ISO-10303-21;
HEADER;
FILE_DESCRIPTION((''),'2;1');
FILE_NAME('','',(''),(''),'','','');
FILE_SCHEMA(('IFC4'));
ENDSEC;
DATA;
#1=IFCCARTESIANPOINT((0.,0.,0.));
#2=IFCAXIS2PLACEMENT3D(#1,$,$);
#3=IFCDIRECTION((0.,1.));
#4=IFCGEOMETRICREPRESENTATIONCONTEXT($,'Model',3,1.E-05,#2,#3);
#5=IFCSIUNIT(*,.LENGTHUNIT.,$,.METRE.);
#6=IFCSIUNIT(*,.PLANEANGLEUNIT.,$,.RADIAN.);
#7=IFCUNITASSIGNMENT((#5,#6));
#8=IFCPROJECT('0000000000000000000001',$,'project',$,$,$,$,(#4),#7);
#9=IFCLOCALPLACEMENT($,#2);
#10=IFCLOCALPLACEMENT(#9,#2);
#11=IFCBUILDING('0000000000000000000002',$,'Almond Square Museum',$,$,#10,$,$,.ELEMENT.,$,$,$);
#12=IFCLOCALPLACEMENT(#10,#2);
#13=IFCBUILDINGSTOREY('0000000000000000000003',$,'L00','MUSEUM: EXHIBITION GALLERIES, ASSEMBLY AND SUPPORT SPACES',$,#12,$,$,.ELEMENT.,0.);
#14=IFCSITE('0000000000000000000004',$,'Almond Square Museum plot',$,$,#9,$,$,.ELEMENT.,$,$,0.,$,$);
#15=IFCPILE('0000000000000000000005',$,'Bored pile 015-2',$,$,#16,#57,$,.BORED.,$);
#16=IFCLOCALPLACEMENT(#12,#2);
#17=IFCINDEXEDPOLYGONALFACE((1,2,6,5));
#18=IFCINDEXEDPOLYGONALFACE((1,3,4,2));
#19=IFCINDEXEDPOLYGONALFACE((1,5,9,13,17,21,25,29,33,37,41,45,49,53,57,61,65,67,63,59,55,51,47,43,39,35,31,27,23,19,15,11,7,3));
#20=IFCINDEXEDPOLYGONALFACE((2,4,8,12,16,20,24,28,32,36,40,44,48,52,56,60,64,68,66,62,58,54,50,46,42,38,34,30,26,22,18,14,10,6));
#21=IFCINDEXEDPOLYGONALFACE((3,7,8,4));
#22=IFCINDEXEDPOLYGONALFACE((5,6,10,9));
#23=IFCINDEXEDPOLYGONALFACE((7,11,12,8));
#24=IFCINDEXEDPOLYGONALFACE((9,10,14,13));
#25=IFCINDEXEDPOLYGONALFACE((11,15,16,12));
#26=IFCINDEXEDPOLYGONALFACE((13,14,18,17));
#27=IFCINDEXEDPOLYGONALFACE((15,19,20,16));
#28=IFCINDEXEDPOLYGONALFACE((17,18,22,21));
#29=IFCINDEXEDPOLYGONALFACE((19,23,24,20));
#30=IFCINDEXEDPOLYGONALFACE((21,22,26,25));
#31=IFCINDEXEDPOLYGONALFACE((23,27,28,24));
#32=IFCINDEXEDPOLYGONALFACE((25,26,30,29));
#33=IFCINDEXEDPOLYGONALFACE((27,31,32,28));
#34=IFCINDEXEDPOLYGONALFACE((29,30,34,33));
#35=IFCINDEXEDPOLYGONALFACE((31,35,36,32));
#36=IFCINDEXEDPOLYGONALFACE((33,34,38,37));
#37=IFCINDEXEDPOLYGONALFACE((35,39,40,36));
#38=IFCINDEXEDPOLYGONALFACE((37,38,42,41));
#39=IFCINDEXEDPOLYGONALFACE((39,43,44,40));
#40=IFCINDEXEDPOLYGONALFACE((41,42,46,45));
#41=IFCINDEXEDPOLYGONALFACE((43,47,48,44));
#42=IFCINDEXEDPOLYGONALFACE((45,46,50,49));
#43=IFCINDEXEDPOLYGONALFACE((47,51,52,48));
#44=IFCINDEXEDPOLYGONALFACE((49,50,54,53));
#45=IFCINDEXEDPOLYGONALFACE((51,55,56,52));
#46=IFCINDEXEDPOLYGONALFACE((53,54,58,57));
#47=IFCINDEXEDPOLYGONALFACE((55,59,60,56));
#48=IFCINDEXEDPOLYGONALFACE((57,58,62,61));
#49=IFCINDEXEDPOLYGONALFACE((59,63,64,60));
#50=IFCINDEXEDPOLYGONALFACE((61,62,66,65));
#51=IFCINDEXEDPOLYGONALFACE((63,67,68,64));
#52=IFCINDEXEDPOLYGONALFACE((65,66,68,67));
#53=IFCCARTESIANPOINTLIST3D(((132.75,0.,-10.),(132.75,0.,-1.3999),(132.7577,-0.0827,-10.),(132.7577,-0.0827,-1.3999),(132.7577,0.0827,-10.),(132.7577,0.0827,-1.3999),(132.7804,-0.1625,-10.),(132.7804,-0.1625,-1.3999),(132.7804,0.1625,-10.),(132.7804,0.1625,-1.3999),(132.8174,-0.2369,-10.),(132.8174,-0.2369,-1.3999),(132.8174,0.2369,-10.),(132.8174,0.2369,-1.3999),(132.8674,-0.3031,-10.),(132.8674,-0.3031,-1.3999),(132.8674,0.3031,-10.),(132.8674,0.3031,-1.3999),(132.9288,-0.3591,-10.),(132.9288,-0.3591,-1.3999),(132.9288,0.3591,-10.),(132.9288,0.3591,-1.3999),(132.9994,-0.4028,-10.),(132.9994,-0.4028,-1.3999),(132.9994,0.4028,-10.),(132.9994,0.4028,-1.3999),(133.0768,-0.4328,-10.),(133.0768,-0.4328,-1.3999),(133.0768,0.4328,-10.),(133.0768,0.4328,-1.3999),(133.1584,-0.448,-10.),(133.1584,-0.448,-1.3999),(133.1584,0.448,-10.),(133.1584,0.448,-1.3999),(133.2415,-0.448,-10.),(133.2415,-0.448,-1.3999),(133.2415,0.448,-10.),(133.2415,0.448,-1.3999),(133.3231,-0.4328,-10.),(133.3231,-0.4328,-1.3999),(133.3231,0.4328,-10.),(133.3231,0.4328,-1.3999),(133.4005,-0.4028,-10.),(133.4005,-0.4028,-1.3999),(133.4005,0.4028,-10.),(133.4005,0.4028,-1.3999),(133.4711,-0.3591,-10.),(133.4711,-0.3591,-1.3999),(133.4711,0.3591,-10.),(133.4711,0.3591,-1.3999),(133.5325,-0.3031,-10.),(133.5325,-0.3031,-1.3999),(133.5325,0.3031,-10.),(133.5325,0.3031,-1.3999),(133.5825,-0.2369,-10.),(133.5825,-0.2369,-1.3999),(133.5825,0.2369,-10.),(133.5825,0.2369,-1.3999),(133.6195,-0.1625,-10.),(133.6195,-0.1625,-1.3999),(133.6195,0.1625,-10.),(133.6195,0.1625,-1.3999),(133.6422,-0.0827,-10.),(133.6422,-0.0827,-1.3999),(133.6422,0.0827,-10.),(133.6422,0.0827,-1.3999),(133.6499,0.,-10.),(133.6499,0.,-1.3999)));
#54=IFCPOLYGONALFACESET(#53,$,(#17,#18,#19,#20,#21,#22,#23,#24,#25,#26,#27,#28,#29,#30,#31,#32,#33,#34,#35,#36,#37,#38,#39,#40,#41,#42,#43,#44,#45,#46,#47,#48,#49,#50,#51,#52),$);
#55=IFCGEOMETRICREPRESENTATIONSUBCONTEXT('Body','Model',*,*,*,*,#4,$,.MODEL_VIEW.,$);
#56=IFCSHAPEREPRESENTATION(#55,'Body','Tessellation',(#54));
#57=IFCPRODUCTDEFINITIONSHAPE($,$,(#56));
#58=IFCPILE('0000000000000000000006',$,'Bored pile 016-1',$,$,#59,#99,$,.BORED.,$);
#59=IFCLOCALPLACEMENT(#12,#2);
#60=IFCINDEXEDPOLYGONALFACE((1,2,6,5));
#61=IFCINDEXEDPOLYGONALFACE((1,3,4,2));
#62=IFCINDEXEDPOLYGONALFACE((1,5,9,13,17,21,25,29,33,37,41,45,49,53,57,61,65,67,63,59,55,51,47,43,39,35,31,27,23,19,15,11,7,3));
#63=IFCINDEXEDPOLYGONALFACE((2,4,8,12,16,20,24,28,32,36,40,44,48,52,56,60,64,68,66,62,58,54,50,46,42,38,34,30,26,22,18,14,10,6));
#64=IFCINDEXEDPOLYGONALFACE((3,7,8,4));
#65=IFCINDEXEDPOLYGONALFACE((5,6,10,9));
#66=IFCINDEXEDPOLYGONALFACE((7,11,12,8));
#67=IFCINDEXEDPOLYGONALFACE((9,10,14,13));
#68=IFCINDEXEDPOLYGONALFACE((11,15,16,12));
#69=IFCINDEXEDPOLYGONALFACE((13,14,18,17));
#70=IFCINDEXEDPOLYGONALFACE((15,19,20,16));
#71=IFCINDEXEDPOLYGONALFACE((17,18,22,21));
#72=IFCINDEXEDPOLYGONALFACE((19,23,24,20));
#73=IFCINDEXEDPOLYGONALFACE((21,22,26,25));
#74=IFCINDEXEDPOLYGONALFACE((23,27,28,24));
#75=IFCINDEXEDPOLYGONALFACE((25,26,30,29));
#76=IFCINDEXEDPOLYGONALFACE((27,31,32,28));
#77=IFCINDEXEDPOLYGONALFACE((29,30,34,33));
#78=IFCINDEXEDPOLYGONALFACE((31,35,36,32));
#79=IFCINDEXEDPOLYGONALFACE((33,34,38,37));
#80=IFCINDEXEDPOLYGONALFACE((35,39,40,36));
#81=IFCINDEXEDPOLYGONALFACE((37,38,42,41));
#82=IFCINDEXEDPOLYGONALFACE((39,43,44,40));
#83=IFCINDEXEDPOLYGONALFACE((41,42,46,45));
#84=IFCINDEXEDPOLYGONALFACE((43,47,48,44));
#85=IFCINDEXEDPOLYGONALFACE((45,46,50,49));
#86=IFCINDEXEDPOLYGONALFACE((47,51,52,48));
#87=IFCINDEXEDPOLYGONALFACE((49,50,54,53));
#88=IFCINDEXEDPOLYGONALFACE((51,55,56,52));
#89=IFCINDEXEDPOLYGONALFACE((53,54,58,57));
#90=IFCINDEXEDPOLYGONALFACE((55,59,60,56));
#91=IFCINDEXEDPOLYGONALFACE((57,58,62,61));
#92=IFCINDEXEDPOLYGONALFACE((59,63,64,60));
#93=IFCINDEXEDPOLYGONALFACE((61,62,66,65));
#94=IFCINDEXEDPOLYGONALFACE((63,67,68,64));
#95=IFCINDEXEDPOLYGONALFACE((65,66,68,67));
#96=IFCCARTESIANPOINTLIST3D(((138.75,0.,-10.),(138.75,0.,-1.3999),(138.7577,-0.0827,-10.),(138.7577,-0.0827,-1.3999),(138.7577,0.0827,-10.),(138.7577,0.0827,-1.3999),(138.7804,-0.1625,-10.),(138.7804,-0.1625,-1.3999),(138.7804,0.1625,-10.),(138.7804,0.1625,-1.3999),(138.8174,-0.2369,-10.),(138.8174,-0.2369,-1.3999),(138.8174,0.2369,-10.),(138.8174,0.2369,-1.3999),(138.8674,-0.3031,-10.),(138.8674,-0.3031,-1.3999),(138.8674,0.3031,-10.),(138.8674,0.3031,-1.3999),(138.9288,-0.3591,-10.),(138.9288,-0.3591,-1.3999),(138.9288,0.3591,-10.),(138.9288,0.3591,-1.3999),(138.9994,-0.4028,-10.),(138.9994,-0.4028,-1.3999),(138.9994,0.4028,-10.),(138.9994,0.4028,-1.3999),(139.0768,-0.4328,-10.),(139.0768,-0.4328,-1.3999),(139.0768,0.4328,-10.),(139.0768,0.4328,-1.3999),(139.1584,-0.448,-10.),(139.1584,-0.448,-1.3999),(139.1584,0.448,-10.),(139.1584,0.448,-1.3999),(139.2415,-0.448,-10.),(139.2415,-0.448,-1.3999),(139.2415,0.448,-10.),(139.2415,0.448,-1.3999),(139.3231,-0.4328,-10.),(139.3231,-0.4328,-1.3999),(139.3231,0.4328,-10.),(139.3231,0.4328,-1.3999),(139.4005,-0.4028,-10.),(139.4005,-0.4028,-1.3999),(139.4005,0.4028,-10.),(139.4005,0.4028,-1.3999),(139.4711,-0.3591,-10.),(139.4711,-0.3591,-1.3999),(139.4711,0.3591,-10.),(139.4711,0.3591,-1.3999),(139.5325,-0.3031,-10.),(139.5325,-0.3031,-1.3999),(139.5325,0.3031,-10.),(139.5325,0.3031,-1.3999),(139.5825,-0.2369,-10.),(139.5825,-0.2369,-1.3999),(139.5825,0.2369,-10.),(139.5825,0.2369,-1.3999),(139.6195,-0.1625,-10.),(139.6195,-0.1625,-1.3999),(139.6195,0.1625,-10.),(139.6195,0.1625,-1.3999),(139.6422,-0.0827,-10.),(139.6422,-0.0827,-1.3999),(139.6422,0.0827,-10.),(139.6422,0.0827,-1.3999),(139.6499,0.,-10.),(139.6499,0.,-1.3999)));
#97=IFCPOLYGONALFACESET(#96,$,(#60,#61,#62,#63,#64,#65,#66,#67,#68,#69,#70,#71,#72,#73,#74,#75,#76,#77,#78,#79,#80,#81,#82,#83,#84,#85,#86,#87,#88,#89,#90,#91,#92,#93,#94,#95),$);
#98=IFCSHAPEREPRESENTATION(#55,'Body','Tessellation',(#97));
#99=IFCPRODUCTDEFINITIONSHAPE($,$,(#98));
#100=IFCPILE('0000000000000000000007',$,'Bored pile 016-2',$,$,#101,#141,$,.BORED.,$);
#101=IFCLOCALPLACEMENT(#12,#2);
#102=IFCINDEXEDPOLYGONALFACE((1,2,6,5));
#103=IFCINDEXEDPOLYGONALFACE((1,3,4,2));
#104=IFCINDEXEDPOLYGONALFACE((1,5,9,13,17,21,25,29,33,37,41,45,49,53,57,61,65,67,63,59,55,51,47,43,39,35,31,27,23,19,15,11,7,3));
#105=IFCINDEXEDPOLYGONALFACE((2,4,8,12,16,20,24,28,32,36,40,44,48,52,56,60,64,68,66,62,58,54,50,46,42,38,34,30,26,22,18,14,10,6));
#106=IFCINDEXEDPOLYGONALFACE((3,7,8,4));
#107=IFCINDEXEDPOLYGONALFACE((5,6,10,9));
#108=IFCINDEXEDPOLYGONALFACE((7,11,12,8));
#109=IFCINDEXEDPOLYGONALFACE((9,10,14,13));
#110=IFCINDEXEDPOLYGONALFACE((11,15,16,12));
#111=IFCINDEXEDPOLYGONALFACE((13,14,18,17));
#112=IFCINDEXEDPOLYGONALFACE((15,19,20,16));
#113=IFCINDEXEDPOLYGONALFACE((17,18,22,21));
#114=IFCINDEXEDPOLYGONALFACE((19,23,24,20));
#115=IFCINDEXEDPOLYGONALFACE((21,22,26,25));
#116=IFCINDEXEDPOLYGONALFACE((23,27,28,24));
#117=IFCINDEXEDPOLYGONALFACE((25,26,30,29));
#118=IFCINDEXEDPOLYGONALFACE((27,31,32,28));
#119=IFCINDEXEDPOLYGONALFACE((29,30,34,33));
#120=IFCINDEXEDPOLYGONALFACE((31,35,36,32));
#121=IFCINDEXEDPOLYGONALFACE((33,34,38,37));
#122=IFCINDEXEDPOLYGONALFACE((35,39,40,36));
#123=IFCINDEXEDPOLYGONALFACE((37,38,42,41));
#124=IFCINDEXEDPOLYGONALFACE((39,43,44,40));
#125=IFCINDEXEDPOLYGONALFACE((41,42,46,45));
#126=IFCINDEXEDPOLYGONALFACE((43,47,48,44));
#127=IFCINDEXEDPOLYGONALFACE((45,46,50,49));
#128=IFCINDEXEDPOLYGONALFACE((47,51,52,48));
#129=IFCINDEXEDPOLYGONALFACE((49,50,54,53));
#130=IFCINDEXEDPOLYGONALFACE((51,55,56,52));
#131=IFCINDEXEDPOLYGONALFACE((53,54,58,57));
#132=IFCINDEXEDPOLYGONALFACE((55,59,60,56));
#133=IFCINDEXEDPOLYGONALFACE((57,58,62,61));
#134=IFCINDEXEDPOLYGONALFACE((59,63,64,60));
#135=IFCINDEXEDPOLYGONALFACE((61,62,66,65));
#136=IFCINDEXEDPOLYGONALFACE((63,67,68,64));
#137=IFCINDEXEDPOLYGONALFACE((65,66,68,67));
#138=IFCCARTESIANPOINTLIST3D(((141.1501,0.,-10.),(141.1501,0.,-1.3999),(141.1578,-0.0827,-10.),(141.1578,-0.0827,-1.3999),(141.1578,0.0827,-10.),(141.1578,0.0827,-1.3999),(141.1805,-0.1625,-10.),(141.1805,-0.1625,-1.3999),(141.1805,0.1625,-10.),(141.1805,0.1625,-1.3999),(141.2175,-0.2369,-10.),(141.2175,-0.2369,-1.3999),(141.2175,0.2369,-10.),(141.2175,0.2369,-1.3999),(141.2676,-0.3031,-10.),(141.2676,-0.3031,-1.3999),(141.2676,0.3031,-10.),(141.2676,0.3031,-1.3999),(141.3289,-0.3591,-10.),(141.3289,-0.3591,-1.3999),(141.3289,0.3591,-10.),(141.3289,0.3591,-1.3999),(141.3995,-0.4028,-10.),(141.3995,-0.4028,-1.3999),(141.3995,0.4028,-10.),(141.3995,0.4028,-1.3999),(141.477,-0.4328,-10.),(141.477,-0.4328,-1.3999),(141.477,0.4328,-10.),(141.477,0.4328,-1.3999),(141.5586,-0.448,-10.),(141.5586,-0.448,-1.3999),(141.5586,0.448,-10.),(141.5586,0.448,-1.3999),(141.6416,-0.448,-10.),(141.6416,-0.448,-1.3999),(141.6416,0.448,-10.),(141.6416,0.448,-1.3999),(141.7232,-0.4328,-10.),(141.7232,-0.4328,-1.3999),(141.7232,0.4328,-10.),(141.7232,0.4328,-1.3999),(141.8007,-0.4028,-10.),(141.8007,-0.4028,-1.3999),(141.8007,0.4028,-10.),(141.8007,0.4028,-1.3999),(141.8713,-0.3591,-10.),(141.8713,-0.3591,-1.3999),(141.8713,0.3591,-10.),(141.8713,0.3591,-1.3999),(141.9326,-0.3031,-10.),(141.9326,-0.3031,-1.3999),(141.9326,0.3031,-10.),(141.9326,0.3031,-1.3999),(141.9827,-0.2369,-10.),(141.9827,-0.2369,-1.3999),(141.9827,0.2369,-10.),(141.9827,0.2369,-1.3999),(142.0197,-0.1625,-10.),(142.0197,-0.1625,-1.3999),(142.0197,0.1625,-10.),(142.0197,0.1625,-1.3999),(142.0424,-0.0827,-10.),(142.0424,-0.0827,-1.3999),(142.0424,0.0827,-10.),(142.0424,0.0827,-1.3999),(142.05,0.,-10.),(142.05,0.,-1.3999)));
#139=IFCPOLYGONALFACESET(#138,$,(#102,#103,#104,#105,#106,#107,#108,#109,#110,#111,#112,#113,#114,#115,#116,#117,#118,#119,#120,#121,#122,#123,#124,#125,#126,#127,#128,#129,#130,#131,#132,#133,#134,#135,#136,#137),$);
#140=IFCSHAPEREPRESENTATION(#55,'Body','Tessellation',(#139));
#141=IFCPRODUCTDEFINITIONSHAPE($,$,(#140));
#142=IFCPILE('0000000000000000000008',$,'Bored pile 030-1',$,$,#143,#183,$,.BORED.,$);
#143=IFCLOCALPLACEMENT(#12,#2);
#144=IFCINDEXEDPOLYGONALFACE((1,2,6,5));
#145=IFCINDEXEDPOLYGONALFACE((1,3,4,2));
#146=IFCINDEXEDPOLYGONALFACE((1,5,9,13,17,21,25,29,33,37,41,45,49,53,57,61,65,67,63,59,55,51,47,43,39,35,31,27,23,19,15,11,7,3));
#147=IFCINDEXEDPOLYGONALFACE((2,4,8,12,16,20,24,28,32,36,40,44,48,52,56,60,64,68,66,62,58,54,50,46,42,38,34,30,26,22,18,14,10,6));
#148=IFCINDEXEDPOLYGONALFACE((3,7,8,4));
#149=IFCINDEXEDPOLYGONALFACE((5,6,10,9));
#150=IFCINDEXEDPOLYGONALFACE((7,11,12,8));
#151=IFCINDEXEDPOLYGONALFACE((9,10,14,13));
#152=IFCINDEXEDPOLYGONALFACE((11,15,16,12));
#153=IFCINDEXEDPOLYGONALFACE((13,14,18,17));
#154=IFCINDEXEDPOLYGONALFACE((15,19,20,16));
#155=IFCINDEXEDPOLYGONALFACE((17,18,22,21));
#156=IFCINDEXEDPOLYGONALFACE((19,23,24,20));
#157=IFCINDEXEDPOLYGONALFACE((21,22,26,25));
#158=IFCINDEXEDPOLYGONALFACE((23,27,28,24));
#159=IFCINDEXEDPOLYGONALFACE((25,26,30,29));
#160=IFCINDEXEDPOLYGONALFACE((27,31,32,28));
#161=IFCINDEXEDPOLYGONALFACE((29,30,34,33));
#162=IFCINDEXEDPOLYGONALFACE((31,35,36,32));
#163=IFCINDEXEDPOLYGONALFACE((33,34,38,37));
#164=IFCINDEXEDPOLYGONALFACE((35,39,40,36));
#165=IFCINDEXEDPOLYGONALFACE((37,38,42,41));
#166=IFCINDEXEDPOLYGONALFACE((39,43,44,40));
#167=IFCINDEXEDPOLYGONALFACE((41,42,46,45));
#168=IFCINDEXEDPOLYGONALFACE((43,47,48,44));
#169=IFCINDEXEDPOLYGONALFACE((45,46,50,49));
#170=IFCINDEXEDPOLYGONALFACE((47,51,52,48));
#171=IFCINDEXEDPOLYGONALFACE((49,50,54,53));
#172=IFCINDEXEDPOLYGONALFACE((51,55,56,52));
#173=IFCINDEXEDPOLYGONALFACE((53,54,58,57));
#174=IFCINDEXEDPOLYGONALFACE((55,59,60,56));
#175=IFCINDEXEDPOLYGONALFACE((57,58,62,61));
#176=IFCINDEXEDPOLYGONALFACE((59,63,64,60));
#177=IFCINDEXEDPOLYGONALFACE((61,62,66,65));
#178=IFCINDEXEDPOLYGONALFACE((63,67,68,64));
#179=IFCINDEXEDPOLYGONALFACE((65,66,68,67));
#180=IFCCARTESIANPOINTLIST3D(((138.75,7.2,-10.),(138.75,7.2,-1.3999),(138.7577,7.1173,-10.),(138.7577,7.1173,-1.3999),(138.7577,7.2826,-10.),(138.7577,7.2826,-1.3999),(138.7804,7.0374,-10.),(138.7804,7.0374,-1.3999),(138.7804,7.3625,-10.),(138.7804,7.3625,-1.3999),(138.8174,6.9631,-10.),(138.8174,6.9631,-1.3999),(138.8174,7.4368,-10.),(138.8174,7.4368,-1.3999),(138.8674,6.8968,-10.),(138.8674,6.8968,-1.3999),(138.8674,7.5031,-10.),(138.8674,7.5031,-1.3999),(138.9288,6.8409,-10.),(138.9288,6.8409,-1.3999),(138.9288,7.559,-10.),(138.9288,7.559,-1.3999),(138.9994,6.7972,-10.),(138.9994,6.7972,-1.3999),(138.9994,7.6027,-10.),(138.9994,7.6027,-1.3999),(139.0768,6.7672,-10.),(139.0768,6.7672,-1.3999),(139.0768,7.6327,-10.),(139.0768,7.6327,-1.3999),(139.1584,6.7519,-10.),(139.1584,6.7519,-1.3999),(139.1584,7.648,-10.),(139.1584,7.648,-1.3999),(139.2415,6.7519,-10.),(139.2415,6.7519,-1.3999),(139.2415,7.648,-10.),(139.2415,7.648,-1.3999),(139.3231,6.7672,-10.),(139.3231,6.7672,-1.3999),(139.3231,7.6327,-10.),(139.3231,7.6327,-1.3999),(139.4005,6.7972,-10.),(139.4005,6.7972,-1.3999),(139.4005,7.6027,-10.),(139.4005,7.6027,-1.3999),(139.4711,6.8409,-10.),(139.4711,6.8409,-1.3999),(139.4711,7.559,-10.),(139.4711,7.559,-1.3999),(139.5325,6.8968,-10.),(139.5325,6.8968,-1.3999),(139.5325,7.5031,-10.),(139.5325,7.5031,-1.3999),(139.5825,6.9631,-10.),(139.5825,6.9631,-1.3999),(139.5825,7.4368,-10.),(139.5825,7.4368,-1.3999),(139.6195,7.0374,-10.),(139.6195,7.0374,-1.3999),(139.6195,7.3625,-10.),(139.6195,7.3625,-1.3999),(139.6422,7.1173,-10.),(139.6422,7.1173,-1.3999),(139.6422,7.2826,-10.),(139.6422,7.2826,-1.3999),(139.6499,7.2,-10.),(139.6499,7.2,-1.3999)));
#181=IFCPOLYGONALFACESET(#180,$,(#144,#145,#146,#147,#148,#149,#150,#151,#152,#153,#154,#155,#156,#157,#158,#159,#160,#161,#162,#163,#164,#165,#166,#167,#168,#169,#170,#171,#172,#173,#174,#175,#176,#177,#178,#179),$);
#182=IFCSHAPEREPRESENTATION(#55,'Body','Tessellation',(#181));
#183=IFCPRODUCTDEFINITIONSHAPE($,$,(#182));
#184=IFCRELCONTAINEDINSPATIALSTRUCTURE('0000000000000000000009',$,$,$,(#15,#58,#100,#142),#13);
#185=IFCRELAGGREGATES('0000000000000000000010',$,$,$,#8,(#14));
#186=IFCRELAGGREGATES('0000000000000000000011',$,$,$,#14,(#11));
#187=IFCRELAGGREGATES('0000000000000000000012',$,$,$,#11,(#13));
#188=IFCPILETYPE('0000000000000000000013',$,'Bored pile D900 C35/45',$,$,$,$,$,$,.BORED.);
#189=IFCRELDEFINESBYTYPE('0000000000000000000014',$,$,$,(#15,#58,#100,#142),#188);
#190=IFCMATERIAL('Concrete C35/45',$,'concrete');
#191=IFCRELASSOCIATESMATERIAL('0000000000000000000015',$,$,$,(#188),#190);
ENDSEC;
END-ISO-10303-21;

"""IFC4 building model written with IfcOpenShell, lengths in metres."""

from ifc_helpers import new_model, si_unit, direction, frame, origin, origin_2d, place, context, subcontext, project, spatial, circle, extrude, material, material_profile, profile_set, type_object, element, save


model = new_model("IFC4")

# Units and contexts
model_context = context("Model", 3, precision=1e-05, world=origin(), true_north=direction((0.0, 1.0)))
body_context = subcontext(model_context, "Body", "Model", "MODEL_VIEW")
ifc_project = project(units=[si_unit("LENGTHUNIT", "METRE"), si_unit("PLANEANGLEUNIT", "RADIAN")], contexts=[model_context])

# Site, building, storey
site_placement = place(None, origin())
site = spatial("IfcSite", under=ifc_project, at=site_placement, Name="Almond Square Museum plot", CompositionType="ELEMENT", RefElevation=0.0)
building_placement = place(site_placement, origin())
building = spatial("IfcBuilding", under=site, at=building_placement, Name="Almond Square Museum", CompositionType="ELEMENT")
storey_placement = place(building_placement, origin())
storey = spatial("IfcBuildingStorey", under=building, at=storey_placement, Name="L00", Description="MUSEUM: EXHIBITION GALLERIES, ASSEMBLY AND SUPPORT SPACES", CompositionType="ELEMENT", Elevation=0.0)

# Piles
ifc_material_1 = material(Name="Concrete C35/45", Category="concrete")
ifc_material_profile_1 = material_profile(ifc_material_1, circle(Radius=0.45, at=origin_2d()))
ifc_profile_set_1 = profile_set([ifc_material_profile_1], Name="Concrete C35/45")
pile_type = type_object("IfcPileType", Name="Bored pile D900 C35/45", PredefinedType="BORED", material=ifc_profile_set_1)
for number, where, z_axis, x_axis, name in (
    (1, (133.2, 0.0, -1.3999), (0.0, 0.0, -1.0), (1.0, 0.0, 0.0), "Bored pile 015-2"),
    (2, (139.2, 0.0, -1.3999), (0.0, 0.0, -1.0), (1.0, 0.0, 0.0), "Bored pile 016-1"),
    (3, (141.6001, 0.0, -1.3999), (0.0, 0.0, -1.0), (1.0, 0.0, 0.0), "Bored pile 016-2"),
    (4, (139.2, 7.2, -1.3999), (0.0, 0.0, -1.0), (1.0, 0.0, 0.0), "Bored pile 030-1"),
):
    element("IfcPile", number, at=place(storey_placement, frame(where, z_axis=z_axis, x_axis=x_axis)), inside=storey, type_object=pile_type, Name=name, PredefinedType="BORED", context=body_context, shape_type="SweptSolid", body=[
        extrude(circle(Radius=0.45, at=origin_2d()), origin(), (0.0, 0.0, 1.0), 8.6001),
    ])

save(model, "model.ifc")
